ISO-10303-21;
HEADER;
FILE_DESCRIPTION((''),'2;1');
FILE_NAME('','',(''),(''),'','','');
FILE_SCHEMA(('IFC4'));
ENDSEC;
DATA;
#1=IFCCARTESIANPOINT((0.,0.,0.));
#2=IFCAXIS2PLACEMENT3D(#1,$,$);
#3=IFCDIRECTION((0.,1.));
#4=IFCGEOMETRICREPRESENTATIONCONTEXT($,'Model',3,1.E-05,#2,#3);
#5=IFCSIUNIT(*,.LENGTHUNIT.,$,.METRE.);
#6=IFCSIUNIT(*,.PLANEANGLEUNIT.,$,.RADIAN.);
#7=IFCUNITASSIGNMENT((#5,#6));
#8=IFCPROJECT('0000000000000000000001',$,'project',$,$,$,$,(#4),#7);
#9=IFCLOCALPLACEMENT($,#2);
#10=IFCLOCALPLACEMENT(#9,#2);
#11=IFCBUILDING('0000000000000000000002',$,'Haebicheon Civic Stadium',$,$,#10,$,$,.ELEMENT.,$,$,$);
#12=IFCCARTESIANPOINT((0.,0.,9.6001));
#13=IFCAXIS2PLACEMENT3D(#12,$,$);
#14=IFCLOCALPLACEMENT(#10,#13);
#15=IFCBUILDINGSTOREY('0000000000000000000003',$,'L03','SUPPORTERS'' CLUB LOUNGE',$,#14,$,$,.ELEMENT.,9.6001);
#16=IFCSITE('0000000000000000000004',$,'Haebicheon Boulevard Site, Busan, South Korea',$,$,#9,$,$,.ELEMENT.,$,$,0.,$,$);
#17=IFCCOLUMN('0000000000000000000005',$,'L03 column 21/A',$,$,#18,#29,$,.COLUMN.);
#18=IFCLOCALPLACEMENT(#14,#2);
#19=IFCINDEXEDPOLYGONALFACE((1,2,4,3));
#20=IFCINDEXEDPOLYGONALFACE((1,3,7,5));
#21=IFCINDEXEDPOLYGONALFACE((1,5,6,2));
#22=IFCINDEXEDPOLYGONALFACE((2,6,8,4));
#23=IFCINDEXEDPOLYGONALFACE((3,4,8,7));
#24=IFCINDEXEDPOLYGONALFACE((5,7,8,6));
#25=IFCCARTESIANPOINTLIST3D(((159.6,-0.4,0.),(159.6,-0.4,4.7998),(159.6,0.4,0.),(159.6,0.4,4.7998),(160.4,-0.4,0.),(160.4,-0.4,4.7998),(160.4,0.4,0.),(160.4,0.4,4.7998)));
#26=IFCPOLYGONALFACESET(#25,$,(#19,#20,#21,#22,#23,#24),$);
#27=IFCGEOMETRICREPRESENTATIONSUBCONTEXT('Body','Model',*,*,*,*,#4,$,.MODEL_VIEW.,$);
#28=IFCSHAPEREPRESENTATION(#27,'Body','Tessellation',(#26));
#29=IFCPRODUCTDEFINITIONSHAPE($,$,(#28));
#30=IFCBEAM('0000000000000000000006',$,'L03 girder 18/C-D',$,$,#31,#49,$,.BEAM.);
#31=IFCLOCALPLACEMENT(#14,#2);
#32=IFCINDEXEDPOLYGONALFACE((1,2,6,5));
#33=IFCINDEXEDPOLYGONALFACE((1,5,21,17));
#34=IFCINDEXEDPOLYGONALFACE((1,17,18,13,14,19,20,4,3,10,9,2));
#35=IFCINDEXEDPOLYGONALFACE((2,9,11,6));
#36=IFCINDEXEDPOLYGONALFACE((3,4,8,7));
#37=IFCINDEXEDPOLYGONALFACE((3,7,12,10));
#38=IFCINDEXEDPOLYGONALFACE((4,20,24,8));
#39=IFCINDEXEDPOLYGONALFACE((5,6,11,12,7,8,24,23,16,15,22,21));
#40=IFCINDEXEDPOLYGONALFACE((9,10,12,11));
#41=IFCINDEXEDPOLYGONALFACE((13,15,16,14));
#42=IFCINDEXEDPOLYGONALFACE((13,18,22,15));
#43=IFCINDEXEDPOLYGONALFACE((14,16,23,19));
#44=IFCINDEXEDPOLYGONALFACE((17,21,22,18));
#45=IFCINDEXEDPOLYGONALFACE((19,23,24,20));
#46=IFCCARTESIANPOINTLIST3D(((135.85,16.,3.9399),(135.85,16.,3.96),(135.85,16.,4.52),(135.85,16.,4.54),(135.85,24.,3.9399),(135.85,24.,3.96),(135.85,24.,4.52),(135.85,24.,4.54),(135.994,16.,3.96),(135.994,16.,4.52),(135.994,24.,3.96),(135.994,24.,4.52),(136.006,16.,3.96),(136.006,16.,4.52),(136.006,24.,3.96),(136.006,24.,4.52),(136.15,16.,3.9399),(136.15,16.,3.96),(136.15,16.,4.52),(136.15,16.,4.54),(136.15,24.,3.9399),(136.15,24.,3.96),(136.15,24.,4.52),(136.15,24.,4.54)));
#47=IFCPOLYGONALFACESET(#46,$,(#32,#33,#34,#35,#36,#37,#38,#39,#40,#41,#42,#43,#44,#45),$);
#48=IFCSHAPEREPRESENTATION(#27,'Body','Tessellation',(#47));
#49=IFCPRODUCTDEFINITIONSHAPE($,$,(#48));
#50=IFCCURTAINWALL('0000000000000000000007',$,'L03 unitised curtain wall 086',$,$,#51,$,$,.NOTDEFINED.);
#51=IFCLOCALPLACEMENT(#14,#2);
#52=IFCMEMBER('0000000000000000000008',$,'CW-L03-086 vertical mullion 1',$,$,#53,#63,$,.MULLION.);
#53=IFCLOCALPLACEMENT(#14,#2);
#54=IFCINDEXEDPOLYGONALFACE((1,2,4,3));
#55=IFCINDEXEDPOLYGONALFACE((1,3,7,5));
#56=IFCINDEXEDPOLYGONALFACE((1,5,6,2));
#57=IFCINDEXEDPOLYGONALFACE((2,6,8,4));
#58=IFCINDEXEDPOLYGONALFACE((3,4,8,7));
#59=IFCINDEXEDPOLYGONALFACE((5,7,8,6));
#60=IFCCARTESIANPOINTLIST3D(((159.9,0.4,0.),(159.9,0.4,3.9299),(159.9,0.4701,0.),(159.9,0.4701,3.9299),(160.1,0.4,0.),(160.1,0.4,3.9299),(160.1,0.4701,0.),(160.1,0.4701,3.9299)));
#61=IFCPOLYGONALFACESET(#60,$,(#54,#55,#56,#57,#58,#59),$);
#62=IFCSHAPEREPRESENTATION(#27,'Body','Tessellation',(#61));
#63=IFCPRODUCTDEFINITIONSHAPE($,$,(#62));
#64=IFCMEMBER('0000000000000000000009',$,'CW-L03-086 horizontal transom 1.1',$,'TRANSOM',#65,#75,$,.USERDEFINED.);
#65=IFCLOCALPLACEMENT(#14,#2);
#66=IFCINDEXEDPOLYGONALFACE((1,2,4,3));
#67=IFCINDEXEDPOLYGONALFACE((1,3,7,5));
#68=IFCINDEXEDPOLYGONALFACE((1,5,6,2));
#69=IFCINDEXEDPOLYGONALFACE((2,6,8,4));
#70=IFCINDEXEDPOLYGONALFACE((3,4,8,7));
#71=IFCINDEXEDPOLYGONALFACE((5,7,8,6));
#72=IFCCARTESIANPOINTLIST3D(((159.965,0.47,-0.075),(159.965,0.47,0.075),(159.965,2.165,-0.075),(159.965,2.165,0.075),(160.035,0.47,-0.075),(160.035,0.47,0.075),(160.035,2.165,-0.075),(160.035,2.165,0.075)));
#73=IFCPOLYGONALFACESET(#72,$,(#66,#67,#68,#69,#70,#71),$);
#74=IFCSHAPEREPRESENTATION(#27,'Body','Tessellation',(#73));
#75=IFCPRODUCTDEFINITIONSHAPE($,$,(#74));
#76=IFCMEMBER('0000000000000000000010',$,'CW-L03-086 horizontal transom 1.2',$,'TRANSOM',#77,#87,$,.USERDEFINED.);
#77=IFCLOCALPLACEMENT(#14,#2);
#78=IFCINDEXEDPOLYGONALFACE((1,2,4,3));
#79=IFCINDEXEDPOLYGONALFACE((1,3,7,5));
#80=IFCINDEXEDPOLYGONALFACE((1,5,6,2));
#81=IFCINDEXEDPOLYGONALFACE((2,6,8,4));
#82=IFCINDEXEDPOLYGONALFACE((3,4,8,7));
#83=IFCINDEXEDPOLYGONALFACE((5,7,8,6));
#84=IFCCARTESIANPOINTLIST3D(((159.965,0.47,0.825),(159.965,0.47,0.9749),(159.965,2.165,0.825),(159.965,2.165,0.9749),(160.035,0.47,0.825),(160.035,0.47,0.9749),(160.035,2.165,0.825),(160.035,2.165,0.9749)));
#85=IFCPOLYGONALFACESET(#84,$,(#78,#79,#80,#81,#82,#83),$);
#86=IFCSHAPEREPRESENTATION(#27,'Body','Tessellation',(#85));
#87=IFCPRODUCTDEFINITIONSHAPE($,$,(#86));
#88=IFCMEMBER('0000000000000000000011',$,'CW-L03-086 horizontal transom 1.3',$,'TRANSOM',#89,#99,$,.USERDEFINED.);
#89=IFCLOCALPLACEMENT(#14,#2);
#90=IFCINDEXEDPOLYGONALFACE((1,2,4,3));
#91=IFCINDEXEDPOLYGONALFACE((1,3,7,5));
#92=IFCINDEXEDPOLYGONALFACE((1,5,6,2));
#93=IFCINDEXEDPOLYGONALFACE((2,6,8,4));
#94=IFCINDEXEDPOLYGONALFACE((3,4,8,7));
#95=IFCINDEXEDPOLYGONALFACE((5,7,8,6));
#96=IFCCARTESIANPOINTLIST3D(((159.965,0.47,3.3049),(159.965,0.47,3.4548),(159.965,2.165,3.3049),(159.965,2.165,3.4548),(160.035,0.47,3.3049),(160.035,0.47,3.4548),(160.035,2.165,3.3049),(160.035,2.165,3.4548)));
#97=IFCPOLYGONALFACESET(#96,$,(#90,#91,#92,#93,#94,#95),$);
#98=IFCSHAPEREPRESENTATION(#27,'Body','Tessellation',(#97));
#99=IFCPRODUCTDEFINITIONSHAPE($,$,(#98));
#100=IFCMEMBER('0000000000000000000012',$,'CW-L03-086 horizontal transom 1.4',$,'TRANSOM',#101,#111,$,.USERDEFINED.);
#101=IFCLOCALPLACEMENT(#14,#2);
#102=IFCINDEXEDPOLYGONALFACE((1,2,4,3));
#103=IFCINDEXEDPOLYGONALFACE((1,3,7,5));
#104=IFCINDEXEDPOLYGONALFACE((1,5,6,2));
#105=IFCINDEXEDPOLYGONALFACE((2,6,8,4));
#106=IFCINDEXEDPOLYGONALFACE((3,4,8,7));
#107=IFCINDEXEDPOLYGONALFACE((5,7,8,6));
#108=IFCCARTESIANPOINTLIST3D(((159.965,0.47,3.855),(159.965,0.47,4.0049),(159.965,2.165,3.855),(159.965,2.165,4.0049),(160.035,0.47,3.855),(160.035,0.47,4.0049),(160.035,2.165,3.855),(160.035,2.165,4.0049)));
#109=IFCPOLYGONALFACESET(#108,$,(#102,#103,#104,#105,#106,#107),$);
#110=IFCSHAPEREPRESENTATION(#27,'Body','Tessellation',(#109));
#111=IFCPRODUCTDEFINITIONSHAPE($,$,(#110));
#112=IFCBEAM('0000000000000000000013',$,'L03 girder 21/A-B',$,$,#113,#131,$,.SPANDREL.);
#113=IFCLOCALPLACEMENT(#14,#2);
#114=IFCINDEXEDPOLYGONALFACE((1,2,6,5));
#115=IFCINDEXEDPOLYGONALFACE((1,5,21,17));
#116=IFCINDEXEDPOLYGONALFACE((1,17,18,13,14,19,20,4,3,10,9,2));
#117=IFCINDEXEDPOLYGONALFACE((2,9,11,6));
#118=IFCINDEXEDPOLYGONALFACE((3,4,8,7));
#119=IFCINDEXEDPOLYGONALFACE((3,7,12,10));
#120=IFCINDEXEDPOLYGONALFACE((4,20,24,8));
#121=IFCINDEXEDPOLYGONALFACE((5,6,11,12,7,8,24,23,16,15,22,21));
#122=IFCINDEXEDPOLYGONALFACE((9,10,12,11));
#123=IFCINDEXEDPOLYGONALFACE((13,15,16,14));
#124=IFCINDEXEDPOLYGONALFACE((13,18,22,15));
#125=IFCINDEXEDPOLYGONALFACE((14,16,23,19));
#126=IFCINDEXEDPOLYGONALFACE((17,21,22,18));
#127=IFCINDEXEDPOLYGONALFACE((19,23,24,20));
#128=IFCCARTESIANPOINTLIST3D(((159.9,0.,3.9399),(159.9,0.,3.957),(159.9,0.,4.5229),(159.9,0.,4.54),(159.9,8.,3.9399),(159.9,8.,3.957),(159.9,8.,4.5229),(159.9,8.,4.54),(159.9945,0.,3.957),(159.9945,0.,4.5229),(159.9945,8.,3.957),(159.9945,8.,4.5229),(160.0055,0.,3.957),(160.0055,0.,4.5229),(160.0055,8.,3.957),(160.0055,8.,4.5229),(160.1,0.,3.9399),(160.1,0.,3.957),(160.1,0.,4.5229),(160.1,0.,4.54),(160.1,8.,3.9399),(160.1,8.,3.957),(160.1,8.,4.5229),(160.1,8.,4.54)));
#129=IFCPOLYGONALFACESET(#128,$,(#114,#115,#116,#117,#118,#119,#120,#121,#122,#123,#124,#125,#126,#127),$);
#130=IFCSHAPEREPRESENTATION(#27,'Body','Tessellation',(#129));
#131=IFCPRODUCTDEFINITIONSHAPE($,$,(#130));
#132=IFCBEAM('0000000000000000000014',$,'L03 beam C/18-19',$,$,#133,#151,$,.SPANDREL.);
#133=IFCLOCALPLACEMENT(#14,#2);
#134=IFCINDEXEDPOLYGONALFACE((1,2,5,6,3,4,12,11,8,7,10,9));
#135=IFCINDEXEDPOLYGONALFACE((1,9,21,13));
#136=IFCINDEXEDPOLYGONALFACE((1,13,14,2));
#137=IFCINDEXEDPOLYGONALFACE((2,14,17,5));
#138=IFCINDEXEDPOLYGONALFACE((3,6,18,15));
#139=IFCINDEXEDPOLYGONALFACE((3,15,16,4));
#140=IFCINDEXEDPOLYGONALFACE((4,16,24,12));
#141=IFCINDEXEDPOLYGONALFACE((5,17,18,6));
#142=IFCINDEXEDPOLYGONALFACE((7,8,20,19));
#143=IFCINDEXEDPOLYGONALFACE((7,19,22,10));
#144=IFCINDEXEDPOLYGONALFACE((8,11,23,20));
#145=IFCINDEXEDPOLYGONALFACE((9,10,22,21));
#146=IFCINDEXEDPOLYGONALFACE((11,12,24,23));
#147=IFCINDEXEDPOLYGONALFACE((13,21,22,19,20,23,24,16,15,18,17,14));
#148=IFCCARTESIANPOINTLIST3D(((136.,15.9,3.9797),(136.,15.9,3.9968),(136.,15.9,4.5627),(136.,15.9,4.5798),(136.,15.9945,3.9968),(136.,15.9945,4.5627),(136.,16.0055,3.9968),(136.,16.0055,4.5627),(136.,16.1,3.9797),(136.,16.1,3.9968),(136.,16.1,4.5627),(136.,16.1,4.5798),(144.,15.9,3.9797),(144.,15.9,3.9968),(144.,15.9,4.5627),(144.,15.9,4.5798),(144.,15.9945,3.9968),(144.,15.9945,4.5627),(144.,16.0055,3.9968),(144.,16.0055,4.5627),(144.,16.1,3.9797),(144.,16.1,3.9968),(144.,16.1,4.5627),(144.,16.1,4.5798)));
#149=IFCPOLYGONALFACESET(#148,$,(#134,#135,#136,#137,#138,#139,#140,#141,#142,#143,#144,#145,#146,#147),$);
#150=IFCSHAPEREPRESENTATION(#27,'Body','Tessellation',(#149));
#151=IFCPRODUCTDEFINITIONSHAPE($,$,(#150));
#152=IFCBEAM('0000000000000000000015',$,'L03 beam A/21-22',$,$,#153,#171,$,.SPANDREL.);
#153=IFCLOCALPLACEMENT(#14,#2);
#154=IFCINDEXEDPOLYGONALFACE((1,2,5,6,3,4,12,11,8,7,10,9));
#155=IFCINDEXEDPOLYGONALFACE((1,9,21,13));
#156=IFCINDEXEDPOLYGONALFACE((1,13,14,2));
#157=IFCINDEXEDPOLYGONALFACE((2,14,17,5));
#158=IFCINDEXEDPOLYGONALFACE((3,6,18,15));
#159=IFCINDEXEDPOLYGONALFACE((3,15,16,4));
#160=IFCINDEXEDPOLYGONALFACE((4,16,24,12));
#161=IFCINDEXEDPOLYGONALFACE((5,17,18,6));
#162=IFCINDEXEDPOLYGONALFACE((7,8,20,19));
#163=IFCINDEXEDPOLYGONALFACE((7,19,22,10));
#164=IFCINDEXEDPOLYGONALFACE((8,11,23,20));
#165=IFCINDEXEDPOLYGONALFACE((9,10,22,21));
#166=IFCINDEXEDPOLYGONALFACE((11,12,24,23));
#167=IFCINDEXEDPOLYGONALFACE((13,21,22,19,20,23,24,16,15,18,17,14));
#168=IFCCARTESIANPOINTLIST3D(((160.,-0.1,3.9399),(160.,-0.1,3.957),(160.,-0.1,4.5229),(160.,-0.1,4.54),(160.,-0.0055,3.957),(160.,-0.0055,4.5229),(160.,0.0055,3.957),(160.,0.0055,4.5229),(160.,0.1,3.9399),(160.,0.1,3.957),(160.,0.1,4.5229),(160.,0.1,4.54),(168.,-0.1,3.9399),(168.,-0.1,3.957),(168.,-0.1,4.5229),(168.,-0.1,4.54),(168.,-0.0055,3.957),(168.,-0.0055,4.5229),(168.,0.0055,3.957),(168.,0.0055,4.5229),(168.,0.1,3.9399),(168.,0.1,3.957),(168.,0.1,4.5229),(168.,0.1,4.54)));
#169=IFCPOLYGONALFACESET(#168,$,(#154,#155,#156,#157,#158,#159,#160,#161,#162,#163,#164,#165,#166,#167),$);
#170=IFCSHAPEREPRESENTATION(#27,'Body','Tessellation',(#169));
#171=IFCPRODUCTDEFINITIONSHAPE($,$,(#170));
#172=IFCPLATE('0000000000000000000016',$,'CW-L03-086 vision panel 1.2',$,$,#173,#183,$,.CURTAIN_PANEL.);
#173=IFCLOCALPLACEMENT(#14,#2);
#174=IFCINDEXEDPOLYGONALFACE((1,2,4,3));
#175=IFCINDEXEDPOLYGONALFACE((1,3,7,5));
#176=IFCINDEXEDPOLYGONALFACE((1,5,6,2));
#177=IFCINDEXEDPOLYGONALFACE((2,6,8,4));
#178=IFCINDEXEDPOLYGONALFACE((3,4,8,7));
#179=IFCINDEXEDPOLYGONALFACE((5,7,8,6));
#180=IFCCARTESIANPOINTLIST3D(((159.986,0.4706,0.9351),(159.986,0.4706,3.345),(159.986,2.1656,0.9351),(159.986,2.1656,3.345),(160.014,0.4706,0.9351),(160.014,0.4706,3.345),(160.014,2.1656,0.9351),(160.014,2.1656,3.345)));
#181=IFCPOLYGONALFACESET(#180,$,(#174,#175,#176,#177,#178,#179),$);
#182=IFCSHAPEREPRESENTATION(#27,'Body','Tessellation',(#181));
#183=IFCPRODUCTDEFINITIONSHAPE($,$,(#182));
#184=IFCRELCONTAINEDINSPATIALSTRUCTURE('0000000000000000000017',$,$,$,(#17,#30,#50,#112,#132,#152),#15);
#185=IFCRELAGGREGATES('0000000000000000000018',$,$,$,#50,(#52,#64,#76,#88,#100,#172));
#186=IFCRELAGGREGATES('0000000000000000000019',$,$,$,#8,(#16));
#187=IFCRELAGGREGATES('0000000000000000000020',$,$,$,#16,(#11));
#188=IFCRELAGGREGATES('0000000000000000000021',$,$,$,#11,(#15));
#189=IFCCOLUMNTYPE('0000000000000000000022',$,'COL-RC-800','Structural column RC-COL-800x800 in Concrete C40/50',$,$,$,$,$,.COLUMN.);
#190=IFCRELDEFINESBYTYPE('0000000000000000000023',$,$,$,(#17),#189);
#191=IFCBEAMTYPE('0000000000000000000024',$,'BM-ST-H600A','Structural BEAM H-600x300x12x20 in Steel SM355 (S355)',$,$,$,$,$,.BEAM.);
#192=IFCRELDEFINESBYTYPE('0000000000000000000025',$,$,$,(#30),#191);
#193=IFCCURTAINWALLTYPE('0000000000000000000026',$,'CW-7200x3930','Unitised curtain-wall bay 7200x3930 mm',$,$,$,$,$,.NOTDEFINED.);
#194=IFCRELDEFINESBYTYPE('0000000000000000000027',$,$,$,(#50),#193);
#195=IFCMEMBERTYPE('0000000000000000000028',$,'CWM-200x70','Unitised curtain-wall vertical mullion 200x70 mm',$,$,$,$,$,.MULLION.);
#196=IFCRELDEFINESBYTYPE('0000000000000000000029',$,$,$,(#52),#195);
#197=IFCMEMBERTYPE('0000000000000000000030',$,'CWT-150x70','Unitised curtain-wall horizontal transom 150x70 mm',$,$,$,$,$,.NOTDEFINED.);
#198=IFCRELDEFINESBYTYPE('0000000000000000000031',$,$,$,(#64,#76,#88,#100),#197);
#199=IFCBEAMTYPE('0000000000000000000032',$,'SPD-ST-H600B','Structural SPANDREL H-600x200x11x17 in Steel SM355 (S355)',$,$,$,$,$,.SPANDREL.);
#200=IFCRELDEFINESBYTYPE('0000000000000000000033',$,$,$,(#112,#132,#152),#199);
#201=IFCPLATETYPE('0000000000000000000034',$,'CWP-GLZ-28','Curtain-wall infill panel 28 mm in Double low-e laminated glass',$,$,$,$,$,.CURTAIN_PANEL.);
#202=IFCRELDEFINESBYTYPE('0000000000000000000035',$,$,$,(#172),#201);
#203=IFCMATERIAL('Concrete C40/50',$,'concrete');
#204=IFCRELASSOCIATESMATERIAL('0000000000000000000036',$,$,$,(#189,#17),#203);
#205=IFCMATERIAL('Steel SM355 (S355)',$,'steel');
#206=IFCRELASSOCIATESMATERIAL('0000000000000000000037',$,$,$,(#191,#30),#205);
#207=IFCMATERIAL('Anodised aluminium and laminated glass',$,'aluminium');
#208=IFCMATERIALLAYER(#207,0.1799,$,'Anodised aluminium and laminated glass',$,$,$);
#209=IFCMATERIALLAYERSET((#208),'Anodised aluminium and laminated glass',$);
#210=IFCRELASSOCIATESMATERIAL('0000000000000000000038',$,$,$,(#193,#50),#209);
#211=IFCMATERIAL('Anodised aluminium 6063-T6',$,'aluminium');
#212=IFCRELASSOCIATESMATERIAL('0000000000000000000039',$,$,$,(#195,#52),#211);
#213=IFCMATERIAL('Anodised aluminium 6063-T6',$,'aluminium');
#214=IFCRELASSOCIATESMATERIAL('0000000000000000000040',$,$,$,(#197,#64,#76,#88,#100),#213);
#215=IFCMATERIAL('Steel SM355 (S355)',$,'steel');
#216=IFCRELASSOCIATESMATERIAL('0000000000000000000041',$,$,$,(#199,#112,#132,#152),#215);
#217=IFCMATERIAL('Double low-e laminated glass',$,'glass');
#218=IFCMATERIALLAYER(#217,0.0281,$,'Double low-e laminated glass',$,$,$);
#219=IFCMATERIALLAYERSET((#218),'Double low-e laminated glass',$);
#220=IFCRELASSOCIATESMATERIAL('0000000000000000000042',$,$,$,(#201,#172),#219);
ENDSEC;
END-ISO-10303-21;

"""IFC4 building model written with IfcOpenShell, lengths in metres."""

from ifc_helpers import new_model, si_unit, direction, frame, origin, origin_2d, place, context, subcontext, project, spatial, rectangle, i_section, extrude, material, layer, layer_set, material_profile, profile_set, type_object, element, aggregate, save


model = new_model("IFC4")

# Units and contexts
model_context = context("Model", 3, precision=1e-05, world=origin(), true_north=direction((0.0, 1.0)))
body_context = subcontext(model_context, "Body", "Model", "MODEL_VIEW")
ifc_project = project(units=[si_unit("LENGTHUNIT", "METRE"), si_unit("PLANEANGLEUNIT", "RADIAN")], contexts=[model_context])

# Site, building, storey
site_placement = place(None, origin())
site = spatial("IfcSite", under=ifc_project, at=site_placement, Name="Haebicheon Boulevard Site, Busan, South Korea", CompositionType="ELEMENT", RefElevation=0.0)
building_placement = place(site_placement, origin())
building = spatial("IfcBuilding", under=site, at=building_placement, Name="Haebicheon Civic Stadium", CompositionType="ELEMENT")
storey_placement = place(building_placement, frame((0.0, 0.0, 9.6001)))
storey = spatial("IfcBuildingStorey", under=building, at=storey_placement, Name="L03", Description="SUPPORTERS' CLUB LOUNGE", CompositionType="ELEMENT", Elevation=9.6001)

# Column
ifc_material_1 = material(Name="Concrete C40/50", Category="concrete")
ifc_material_profile_1 = material_profile(ifc_material_1, rectangle(XDim=0.8, YDim=0.8, at=origin_2d()), Name="RC-COL-800x800")
ifc_profile_set_1 = profile_set([ifc_material_profile_1], Name="Concrete C40/50")
column_type = type_object("IfcColumnType", Name="COL-RC-800", Description="Structural column RC-COL-800x800 in Concrete C40/50", PredefinedType="COLUMN", material=ifc_profile_set_1)
column_placement = place(storey_placement, frame((160.0, 0.0, 0.0), z_axis=(0.0, 0.0, 1.0), x_axis=(1.0, 0.0, 0.0)))
element("IfcColumn", 1, at=column_placement, inside=storey, type_object=column_type, material=ifc_profile_set_1, Name="L03 column 21/A", PredefinedType="COLUMN", context=body_context, shape_type="SweptSolid", body=[
    extrude(rectangle(XDim=0.8, YDim=0.8, at=origin_2d()), origin(), (0.0, 0.0, 1.0), 4.7998),
])

# Beam
ifc_material_2 = material(Name="Steel SM355 (S355)", Category="steel")
ifc_material_profile_2 = material_profile(ifc_material_2, i_section(OverallWidth=0.3, OverallDepth=0.6001, WebThickness=0.012, FlangeThickness=0.02, at=origin_2d()), Name="H-600x300x12x20")
ifc_profile_set_2 = profile_set([ifc_material_profile_2], Name="Steel SM355 (S355)")
beam_type_1 = type_object("IfcBeamType", Name="BM-ST-H600A", Description="Structural BEAM H-600x300x12x20 in Steel SM355 (S355)", PredefinedType="BEAM", material=ifc_profile_set_2)
beam_placement = place(storey_placement, frame((136.0, 16.0, 4.24), z_axis=(0.0, 1.0, 0.0), x_axis=(-1.0, 0.0, 0.0)))
element("IfcBeam", 2, at=beam_placement, inside=storey, type_object=beam_type_1, material=ifc_profile_set_2, Name="L03 girder 18/C-D", PredefinedType="BEAM", context=body_context, shape_type="SweptSolid", body=[
    extrude(i_section(OverallWidth=0.3, OverallDepth=0.6001, WebThickness=0.012, FlangeThickness=0.02, at=origin_2d()), origin(), (0.0, 0.0, 1.0), 8.0),
])

# Curtain wall, members
ifc_material_3 = material(Name="Anodised aluminium and laminated glass", Category="aluminium")
ifc_layer_1 = layer(ifc_material_3, 0.1799, Name="Anodised aluminium and laminated glass")
ifc_layer_set_1 = layer_set([ifc_layer_1], Name="Anodised aluminium and laminated glass")
curtain_wall_type = type_object("IfcCurtainWallType", Name="CW-7200x3930", Description="Unitised curtain-wall bay 7200x3930 mm", PredefinedType="NOTDEFINED", material=ifc_layer_set_1)
curtain_wall_placement = place(storey_placement, origin())
curtain_wall = element("IfcCurtainWall", 3, at=curtain_wall_placement, inside=storey, type_object=curtain_wall_type, material=ifc_layer_set_1, Name="L03 unitised curtain wall 086", PredefinedType="NOTDEFINED")
ifc_material_4 = material(Name="Anodised aluminium 6063-T6", Category="aluminium")
ifc_material_profile_3 = material_profile(ifc_material_4, rectangle(XDim=0.0701, YDim=0.2, at=origin_2d()), Name="ALU-MULL-70x200")
ifc_profile_set_3 = profile_set([ifc_material_profile_3], Name="Anodised aluminium 6063-T6")
member_type_1 = type_object("IfcMemberType", Name="CWM-200x70", Description="Unitised curtain-wall vertical mullion 200x70 mm", PredefinedType="MULLION", material=ifc_profile_set_3)
member_1_placement = place(storey_placement, frame((160.0, 0.4351, 0.0), z_axis=(0.0, 0.0, 1.0), x_axis=(0.0, 1.0, 0.0)))
member_1 = element("IfcMember", 4, at=member_1_placement, type_object=member_type_1, material=ifc_profile_set_3, Name="CW-L03-086 vertical mullion 1", PredefinedType="MULLION", context=body_context, shape_type="SweptSolid", body=[
    extrude(rectangle(XDim=0.0701, YDim=0.2, at=origin_2d()), origin(), (0.0, 0.0, 1.0), 3.9299),
])
ifc_material_5 = material(Name="Anodised aluminium 6063-T6", Category="aluminium")
ifc_material_profile_4 = material_profile(ifc_material_5, rectangle(XDim=0.0701, YDim=0.1499, at=origin_2d()), Name="ALU-TRAN-70x150")
ifc_profile_set_4 = profile_set([ifc_material_profile_4], Name="Anodised aluminium 6063-T6")
member_type_2 = type_object("IfcMemberType", Name="CWT-150x70", Description="Unitised curtain-wall horizontal transom 150x70 mm", PredefinedType="NOTDEFINED", material=ifc_profile_set_4)
member_2_placement = place(storey_placement, frame((160.0, 0.47, 0.0), z_axis=(0.0, 1.0, 0.0), x_axis=(-1.0, 0.0, 0.0)))
member_2 = element("IfcMember", 5, at=member_2_placement, type_object=member_type_2, material=ifc_profile_set_4, Name="CW-L03-086 horizontal transom 1.1", ObjectType="TRANSOM", PredefinedType="USERDEFINED", context=body_context, shape_type="SweptSolid", body=[
    extrude(rectangle(XDim=0.0701, YDim=0.1499, at=origin_2d()), origin(), (0.0, 0.0, 1.0), 1.6951),
])
member_3_placement = place(storey_placement, frame((160.0, 0.47, 0.8999), z_axis=(0.0, 1.0, 0.0), x_axis=(-1.0, 0.0, 0.0)))
member_3 = element("IfcMember", 6, at=member_3_placement, type_object=member_type_2, material=ifc_profile_set_4, Name="CW-L03-086 horizontal transom 1.2", ObjectType="TRANSOM", PredefinedType="USERDEFINED", context=body_context, shape_type="SweptSolid", body=[
    extrude(rectangle(XDim=0.0701, YDim=0.1499, at=origin_2d()), origin(), (0.0, 0.0, 1.0), 1.6951),
])
member_4_placement = place(storey_placement, frame((160.0, 0.47, 3.3799), z_axis=(0.0, 1.0, 0.0), x_axis=(-1.0, 0.0, 0.0)))
member_4 = element("IfcMember", 7, at=member_4_placement, type_object=member_type_2, material=ifc_profile_set_4, Name="CW-L03-086 horizontal transom 1.3", ObjectType="TRANSOM", PredefinedType="USERDEFINED", context=body_context, shape_type="SweptSolid", body=[
    extrude(rectangle(XDim=0.0701, YDim=0.1499, at=origin_2d()), origin(), (0.0, 0.0, 1.0), 1.6951),
])
member_5_placement = place(storey_placement, frame((160.0, 0.47, 3.9299), z_axis=(0.0, 1.0, 0.0), x_axis=(-1.0, 0.0, 0.0)))
member_5 = element("IfcMember", 8, at=member_5_placement, type_object=member_type_2, material=ifc_profile_set_4, Name="CW-L03-086 horizontal transom 1.4", ObjectType="TRANSOM", PredefinedType="USERDEFINED", context=body_context, shape_type="SweptSolid", body=[
    extrude(rectangle(XDim=0.0701, YDim=0.1499, at=origin_2d()), origin(), (0.0, 0.0, 1.0), 1.6951),
])

# Beams
ifc_material_6 = material(Name="Steel SM355 (S355)", Category="steel")
ifc_material_profile_5 = material_profile(ifc_material_6, i_section(OverallWidth=0.2, OverallDepth=0.6001, WebThickness=0.011, FlangeThickness=0.0171, at=origin_2d()), Name="H-600x200x11x17")
ifc_profile_set_5 = profile_set([ifc_material_profile_5], Name="Steel SM355 (S355)")
beam_type_2 = type_object("IfcBeamType", Name="SPD-ST-H600B", Description="Structural SPANDREL H-600x200x11x17 in Steel SM355 (S355)", PredefinedType="SPANDREL", material=ifc_profile_set_5)
for number, where, z_axis, x_axis, name in (
    (9, (160.0, 0.0, 4.24), (0.0, 1.0, 0.0), (-1.0, 0.0, 0.0), "L03 girder 21/A-B"),
    (10, (136.0, 16.0, 4.2798), (1.0, 0.0, 0.0), (0.0, 1.0, 0.0), "L03 beam C/18-19"),
    (11, (160.0, 0.0, 4.24), (1.0, 0.0, 0.0), (0.0, 1.0, 0.0), "L03 beam A/21-22"),
):
    element("IfcBeam", number, at=place(storey_placement, frame(where, z_axis=z_axis, x_axis=x_axis)), inside=storey, type_object=beam_type_2, material=ifc_profile_set_5, Name=name, PredefinedType="SPANDREL", context=body_context, shape_type="SweptSolid", body=[
        extrude(i_section(OverallWidth=0.2, OverallDepth=0.6001, WebThickness=0.011, FlangeThickness=0.0171, at=origin_2d()), origin(), (0.0, 0.0, 1.0), 8.0),
    ])

# Plate
ifc_material_7 = material(Name="Double low-e laminated glass", Category="glass")
ifc_layer_2 = layer(ifc_material_7, 0.0281, Name="Double low-e laminated glass")
ifc_layer_set_2 = layer_set([ifc_layer_2], Name="Double low-e laminated glass")
plate_type_1 = type_object("IfcPlateType", Name="CWP-GLZ-28", Description="Curtain-wall infill panel 28 mm in Double low-e laminated glass", PredefinedType="CURTAIN_PANEL", material=ifc_layer_set_2)
plate_1_placement = place(storey_placement, frame((160.0, 1.3181, 0.9351), z_axis=(0.0, 0.0, 1.0), x_axis=(0.0, 1.0, 0.0)))
plate_1 = element("IfcPlate", 12, at=plate_1_placement, type_object=plate_type_1, material=ifc_layer_set_2, Name="CW-L03-086 vision panel 1.2", PredefinedType="CURTAIN_PANEL", context=body_context, shape_type="SweptSolid", body=[
    extrude(rectangle(XDim=1.6951, YDim=0.0281, at=origin_2d()), origin(), (0.0, 0.0, 1.0), 2.4099),
])
aggregate(curtain_wall, [member_1, member_2, member_3, member_4, member_5, plate_1])

save(model, "model.ifc")
